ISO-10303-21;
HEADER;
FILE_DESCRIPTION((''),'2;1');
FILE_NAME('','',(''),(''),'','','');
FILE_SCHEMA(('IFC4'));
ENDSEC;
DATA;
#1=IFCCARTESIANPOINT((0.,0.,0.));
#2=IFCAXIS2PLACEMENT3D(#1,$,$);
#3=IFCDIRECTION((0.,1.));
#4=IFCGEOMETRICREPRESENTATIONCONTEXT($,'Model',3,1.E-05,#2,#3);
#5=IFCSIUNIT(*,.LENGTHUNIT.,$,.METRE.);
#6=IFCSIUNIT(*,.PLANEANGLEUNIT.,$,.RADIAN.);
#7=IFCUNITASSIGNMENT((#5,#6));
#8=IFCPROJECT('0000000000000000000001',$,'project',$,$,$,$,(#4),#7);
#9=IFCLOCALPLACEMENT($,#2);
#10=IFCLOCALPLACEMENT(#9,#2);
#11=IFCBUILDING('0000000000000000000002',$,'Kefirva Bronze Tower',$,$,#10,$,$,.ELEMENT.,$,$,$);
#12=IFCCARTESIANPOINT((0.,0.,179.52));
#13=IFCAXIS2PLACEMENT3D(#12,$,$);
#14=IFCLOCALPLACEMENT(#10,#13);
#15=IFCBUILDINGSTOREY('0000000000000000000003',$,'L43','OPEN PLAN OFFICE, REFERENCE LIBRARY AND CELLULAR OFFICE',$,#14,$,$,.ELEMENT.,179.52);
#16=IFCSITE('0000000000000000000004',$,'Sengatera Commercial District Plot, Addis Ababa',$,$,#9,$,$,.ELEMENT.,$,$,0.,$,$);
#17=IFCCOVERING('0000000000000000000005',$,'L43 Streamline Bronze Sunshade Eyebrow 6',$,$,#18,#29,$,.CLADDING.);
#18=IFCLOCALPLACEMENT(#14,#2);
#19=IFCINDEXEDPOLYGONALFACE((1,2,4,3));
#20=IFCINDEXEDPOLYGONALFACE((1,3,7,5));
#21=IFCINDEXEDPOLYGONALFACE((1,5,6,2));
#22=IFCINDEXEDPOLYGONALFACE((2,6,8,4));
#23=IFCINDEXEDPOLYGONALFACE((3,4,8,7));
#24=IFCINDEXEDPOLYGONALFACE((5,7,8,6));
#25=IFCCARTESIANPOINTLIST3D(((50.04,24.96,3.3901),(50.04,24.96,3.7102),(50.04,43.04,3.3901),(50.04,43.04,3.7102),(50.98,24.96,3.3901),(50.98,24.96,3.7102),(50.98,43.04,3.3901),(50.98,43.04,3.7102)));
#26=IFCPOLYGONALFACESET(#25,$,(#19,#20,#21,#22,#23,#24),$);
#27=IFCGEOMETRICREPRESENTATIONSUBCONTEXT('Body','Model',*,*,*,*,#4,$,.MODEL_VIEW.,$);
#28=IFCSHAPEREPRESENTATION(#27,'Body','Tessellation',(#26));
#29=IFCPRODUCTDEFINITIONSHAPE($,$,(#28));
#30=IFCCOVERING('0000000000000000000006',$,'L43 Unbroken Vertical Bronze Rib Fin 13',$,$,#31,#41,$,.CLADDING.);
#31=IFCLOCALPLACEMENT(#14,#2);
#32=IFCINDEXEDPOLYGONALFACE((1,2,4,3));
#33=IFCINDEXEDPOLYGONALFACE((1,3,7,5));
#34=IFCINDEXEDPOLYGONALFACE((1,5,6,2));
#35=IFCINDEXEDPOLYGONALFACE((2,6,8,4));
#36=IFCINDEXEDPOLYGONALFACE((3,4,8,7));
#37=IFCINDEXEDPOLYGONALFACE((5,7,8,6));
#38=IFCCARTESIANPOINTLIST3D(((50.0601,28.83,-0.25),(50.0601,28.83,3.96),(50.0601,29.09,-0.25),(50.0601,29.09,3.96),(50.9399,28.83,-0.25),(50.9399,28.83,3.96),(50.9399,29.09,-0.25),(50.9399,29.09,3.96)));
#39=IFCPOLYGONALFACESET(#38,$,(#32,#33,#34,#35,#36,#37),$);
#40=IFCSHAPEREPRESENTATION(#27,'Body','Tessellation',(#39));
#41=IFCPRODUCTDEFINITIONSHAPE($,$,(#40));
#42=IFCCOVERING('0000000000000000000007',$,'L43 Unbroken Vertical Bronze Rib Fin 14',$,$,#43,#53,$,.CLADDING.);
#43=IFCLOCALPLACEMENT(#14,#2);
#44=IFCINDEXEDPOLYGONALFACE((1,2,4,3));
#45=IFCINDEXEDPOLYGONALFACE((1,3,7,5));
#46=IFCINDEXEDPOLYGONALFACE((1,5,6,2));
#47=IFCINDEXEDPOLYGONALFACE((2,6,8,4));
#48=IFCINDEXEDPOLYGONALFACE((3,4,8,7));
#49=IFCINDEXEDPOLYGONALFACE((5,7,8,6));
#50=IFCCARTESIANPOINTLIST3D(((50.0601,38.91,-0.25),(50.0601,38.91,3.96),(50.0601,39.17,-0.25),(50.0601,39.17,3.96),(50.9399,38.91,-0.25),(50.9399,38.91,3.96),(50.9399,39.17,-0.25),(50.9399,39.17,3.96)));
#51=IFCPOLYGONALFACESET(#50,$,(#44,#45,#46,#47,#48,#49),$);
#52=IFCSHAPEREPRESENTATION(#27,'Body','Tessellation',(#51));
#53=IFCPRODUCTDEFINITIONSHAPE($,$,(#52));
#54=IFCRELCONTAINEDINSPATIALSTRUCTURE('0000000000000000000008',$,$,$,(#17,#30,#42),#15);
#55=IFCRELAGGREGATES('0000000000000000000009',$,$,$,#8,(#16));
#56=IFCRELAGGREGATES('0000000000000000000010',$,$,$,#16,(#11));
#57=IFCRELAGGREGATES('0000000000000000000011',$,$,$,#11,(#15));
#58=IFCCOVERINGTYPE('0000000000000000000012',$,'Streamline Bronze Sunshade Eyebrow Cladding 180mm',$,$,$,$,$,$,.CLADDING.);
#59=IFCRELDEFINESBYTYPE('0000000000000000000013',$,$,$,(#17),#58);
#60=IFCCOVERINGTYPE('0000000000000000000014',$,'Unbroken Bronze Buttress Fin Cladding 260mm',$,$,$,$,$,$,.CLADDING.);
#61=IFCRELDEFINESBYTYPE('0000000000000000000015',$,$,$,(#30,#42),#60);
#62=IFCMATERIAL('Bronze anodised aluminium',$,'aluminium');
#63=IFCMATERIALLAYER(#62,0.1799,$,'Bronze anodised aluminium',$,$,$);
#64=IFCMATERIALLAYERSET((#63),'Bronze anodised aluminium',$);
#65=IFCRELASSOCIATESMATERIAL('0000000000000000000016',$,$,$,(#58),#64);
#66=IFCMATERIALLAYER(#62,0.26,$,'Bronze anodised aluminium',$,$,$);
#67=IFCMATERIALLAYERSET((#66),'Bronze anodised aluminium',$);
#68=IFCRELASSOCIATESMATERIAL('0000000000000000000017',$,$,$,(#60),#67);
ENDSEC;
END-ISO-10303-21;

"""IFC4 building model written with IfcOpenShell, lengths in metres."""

from ifc_helpers import new_model, si_unit, direction, frame, origin, origin_2d, place, context, subcontext, project, spatial, rectangle, extrude, material, layer, layer_set, type_object, element, save


model = new_model("IFC4")

# Units and contexts
model_context = context("Model", 3, precision=1e-05, world=origin(), true_north=direction((0.0, 1.0)))
body_context = subcontext(model_context, "Body", "Model", "MODEL_VIEW")
ifc_project = project(units=[si_unit("LENGTHUNIT", "METRE"), si_unit("PLANEANGLEUNIT", "RADIAN")], contexts=[model_context])

# Site, building, storey
site_placement = place(None, origin())
site = spatial("IfcSite", under=ifc_project, at=site_placement, Name="Sengatera Commercial District Plot, Addis Ababa", CompositionType="ELEMENT", RefElevation=0.0)
building_placement = place(site_placement, origin())
building = spatial("IfcBuilding", under=site, at=building_placement, Name="Kefirva Bronze Tower", CompositionType="ELEMENT")
storey_placement = place(building_placement, frame((0.0, 0.0, 179.52)))
storey = spatial("IfcBuildingStorey", under=building, at=storey_placement, Name="L43", Description="OPEN PLAN OFFICE, REFERENCE LIBRARY AND CELLULAR OFFICE", CompositionType="ELEMENT", Elevation=179.52)

# Shared definitions
ifc_material_1 = material(Name="Bronze anodised aluminium", Category="aluminium")

# Coverings
ifc_layer_1 = layer(ifc_material_1, 0.1799, Name="Bronze anodised aluminium")
ifc_layer_set_1 = layer_set([ifc_layer_1], Name="Bronze anodised aluminium")
covering_type_1 = type_object("IfcCoveringType", Name="Streamline Bronze Sunshade Eyebrow Cladding 180mm", PredefinedType="CLADDING", material=ifc_layer_set_1)
covering_1_placement = place(storey_placement, frame((50.51, 34.0, 3.3901), z_axis=(0.0, 0.0, 1.0), x_axis=(0.0, 1.0, 0.0)))
element("IfcCovering", 1, at=covering_1_placement, inside=storey, type_object=covering_type_1, Name="L43 Streamline Bronze Sunshade Eyebrow 6", PredefinedType="CLADDING", context=body_context, shape_type="SweptSolid", body=[
    extrude(rectangle(XDim=18.0801, YDim=0.9399, at=origin_2d()), origin(), (0.0, 0.0, 1.0), 0.3201),
])
ifc_layer_2 = layer(ifc_material_1, 0.26, Name="Bronze anodised aluminium")
ifc_layer_set_2 = layer_set([ifc_layer_2], Name="Bronze anodised aluminium")
covering_type_2 = type_object("IfcCoveringType", Name="Unbroken Bronze Buttress Fin Cladding 260mm", PredefinedType="CLADDING", material=ifc_layer_set_2)
for number, where, z_axis, x_axis, name in (
    (2, (50.5, 28.96, -0.25), (0.0, 0.0, 1.0), (0.0, 1.0, 0.0), "L43 Unbroken Vertical Bronze Rib Fin 13"),
    (3, (50.5, 39.04, -0.25), (0.0, 0.0, 1.0), (0.0, 1.0, 0.0), "L43 Unbroken Vertical Bronze Rib Fin 14"),
):
    element("IfcCovering", number, at=place(storey_placement, frame(where, z_axis=z_axis, x_axis=x_axis)), inside=storey, type_object=covering_type_2, Name=name, PredefinedType="CLADDING", context=body_context, shape_type="SweptSolid", body=[
        extrude(rectangle(XDim=0.26, YDim=0.8799, at=origin_2d()), origin(), (0.0, 0.0, 1.0), 4.21),
    ])

save(model, "model.ifc")
